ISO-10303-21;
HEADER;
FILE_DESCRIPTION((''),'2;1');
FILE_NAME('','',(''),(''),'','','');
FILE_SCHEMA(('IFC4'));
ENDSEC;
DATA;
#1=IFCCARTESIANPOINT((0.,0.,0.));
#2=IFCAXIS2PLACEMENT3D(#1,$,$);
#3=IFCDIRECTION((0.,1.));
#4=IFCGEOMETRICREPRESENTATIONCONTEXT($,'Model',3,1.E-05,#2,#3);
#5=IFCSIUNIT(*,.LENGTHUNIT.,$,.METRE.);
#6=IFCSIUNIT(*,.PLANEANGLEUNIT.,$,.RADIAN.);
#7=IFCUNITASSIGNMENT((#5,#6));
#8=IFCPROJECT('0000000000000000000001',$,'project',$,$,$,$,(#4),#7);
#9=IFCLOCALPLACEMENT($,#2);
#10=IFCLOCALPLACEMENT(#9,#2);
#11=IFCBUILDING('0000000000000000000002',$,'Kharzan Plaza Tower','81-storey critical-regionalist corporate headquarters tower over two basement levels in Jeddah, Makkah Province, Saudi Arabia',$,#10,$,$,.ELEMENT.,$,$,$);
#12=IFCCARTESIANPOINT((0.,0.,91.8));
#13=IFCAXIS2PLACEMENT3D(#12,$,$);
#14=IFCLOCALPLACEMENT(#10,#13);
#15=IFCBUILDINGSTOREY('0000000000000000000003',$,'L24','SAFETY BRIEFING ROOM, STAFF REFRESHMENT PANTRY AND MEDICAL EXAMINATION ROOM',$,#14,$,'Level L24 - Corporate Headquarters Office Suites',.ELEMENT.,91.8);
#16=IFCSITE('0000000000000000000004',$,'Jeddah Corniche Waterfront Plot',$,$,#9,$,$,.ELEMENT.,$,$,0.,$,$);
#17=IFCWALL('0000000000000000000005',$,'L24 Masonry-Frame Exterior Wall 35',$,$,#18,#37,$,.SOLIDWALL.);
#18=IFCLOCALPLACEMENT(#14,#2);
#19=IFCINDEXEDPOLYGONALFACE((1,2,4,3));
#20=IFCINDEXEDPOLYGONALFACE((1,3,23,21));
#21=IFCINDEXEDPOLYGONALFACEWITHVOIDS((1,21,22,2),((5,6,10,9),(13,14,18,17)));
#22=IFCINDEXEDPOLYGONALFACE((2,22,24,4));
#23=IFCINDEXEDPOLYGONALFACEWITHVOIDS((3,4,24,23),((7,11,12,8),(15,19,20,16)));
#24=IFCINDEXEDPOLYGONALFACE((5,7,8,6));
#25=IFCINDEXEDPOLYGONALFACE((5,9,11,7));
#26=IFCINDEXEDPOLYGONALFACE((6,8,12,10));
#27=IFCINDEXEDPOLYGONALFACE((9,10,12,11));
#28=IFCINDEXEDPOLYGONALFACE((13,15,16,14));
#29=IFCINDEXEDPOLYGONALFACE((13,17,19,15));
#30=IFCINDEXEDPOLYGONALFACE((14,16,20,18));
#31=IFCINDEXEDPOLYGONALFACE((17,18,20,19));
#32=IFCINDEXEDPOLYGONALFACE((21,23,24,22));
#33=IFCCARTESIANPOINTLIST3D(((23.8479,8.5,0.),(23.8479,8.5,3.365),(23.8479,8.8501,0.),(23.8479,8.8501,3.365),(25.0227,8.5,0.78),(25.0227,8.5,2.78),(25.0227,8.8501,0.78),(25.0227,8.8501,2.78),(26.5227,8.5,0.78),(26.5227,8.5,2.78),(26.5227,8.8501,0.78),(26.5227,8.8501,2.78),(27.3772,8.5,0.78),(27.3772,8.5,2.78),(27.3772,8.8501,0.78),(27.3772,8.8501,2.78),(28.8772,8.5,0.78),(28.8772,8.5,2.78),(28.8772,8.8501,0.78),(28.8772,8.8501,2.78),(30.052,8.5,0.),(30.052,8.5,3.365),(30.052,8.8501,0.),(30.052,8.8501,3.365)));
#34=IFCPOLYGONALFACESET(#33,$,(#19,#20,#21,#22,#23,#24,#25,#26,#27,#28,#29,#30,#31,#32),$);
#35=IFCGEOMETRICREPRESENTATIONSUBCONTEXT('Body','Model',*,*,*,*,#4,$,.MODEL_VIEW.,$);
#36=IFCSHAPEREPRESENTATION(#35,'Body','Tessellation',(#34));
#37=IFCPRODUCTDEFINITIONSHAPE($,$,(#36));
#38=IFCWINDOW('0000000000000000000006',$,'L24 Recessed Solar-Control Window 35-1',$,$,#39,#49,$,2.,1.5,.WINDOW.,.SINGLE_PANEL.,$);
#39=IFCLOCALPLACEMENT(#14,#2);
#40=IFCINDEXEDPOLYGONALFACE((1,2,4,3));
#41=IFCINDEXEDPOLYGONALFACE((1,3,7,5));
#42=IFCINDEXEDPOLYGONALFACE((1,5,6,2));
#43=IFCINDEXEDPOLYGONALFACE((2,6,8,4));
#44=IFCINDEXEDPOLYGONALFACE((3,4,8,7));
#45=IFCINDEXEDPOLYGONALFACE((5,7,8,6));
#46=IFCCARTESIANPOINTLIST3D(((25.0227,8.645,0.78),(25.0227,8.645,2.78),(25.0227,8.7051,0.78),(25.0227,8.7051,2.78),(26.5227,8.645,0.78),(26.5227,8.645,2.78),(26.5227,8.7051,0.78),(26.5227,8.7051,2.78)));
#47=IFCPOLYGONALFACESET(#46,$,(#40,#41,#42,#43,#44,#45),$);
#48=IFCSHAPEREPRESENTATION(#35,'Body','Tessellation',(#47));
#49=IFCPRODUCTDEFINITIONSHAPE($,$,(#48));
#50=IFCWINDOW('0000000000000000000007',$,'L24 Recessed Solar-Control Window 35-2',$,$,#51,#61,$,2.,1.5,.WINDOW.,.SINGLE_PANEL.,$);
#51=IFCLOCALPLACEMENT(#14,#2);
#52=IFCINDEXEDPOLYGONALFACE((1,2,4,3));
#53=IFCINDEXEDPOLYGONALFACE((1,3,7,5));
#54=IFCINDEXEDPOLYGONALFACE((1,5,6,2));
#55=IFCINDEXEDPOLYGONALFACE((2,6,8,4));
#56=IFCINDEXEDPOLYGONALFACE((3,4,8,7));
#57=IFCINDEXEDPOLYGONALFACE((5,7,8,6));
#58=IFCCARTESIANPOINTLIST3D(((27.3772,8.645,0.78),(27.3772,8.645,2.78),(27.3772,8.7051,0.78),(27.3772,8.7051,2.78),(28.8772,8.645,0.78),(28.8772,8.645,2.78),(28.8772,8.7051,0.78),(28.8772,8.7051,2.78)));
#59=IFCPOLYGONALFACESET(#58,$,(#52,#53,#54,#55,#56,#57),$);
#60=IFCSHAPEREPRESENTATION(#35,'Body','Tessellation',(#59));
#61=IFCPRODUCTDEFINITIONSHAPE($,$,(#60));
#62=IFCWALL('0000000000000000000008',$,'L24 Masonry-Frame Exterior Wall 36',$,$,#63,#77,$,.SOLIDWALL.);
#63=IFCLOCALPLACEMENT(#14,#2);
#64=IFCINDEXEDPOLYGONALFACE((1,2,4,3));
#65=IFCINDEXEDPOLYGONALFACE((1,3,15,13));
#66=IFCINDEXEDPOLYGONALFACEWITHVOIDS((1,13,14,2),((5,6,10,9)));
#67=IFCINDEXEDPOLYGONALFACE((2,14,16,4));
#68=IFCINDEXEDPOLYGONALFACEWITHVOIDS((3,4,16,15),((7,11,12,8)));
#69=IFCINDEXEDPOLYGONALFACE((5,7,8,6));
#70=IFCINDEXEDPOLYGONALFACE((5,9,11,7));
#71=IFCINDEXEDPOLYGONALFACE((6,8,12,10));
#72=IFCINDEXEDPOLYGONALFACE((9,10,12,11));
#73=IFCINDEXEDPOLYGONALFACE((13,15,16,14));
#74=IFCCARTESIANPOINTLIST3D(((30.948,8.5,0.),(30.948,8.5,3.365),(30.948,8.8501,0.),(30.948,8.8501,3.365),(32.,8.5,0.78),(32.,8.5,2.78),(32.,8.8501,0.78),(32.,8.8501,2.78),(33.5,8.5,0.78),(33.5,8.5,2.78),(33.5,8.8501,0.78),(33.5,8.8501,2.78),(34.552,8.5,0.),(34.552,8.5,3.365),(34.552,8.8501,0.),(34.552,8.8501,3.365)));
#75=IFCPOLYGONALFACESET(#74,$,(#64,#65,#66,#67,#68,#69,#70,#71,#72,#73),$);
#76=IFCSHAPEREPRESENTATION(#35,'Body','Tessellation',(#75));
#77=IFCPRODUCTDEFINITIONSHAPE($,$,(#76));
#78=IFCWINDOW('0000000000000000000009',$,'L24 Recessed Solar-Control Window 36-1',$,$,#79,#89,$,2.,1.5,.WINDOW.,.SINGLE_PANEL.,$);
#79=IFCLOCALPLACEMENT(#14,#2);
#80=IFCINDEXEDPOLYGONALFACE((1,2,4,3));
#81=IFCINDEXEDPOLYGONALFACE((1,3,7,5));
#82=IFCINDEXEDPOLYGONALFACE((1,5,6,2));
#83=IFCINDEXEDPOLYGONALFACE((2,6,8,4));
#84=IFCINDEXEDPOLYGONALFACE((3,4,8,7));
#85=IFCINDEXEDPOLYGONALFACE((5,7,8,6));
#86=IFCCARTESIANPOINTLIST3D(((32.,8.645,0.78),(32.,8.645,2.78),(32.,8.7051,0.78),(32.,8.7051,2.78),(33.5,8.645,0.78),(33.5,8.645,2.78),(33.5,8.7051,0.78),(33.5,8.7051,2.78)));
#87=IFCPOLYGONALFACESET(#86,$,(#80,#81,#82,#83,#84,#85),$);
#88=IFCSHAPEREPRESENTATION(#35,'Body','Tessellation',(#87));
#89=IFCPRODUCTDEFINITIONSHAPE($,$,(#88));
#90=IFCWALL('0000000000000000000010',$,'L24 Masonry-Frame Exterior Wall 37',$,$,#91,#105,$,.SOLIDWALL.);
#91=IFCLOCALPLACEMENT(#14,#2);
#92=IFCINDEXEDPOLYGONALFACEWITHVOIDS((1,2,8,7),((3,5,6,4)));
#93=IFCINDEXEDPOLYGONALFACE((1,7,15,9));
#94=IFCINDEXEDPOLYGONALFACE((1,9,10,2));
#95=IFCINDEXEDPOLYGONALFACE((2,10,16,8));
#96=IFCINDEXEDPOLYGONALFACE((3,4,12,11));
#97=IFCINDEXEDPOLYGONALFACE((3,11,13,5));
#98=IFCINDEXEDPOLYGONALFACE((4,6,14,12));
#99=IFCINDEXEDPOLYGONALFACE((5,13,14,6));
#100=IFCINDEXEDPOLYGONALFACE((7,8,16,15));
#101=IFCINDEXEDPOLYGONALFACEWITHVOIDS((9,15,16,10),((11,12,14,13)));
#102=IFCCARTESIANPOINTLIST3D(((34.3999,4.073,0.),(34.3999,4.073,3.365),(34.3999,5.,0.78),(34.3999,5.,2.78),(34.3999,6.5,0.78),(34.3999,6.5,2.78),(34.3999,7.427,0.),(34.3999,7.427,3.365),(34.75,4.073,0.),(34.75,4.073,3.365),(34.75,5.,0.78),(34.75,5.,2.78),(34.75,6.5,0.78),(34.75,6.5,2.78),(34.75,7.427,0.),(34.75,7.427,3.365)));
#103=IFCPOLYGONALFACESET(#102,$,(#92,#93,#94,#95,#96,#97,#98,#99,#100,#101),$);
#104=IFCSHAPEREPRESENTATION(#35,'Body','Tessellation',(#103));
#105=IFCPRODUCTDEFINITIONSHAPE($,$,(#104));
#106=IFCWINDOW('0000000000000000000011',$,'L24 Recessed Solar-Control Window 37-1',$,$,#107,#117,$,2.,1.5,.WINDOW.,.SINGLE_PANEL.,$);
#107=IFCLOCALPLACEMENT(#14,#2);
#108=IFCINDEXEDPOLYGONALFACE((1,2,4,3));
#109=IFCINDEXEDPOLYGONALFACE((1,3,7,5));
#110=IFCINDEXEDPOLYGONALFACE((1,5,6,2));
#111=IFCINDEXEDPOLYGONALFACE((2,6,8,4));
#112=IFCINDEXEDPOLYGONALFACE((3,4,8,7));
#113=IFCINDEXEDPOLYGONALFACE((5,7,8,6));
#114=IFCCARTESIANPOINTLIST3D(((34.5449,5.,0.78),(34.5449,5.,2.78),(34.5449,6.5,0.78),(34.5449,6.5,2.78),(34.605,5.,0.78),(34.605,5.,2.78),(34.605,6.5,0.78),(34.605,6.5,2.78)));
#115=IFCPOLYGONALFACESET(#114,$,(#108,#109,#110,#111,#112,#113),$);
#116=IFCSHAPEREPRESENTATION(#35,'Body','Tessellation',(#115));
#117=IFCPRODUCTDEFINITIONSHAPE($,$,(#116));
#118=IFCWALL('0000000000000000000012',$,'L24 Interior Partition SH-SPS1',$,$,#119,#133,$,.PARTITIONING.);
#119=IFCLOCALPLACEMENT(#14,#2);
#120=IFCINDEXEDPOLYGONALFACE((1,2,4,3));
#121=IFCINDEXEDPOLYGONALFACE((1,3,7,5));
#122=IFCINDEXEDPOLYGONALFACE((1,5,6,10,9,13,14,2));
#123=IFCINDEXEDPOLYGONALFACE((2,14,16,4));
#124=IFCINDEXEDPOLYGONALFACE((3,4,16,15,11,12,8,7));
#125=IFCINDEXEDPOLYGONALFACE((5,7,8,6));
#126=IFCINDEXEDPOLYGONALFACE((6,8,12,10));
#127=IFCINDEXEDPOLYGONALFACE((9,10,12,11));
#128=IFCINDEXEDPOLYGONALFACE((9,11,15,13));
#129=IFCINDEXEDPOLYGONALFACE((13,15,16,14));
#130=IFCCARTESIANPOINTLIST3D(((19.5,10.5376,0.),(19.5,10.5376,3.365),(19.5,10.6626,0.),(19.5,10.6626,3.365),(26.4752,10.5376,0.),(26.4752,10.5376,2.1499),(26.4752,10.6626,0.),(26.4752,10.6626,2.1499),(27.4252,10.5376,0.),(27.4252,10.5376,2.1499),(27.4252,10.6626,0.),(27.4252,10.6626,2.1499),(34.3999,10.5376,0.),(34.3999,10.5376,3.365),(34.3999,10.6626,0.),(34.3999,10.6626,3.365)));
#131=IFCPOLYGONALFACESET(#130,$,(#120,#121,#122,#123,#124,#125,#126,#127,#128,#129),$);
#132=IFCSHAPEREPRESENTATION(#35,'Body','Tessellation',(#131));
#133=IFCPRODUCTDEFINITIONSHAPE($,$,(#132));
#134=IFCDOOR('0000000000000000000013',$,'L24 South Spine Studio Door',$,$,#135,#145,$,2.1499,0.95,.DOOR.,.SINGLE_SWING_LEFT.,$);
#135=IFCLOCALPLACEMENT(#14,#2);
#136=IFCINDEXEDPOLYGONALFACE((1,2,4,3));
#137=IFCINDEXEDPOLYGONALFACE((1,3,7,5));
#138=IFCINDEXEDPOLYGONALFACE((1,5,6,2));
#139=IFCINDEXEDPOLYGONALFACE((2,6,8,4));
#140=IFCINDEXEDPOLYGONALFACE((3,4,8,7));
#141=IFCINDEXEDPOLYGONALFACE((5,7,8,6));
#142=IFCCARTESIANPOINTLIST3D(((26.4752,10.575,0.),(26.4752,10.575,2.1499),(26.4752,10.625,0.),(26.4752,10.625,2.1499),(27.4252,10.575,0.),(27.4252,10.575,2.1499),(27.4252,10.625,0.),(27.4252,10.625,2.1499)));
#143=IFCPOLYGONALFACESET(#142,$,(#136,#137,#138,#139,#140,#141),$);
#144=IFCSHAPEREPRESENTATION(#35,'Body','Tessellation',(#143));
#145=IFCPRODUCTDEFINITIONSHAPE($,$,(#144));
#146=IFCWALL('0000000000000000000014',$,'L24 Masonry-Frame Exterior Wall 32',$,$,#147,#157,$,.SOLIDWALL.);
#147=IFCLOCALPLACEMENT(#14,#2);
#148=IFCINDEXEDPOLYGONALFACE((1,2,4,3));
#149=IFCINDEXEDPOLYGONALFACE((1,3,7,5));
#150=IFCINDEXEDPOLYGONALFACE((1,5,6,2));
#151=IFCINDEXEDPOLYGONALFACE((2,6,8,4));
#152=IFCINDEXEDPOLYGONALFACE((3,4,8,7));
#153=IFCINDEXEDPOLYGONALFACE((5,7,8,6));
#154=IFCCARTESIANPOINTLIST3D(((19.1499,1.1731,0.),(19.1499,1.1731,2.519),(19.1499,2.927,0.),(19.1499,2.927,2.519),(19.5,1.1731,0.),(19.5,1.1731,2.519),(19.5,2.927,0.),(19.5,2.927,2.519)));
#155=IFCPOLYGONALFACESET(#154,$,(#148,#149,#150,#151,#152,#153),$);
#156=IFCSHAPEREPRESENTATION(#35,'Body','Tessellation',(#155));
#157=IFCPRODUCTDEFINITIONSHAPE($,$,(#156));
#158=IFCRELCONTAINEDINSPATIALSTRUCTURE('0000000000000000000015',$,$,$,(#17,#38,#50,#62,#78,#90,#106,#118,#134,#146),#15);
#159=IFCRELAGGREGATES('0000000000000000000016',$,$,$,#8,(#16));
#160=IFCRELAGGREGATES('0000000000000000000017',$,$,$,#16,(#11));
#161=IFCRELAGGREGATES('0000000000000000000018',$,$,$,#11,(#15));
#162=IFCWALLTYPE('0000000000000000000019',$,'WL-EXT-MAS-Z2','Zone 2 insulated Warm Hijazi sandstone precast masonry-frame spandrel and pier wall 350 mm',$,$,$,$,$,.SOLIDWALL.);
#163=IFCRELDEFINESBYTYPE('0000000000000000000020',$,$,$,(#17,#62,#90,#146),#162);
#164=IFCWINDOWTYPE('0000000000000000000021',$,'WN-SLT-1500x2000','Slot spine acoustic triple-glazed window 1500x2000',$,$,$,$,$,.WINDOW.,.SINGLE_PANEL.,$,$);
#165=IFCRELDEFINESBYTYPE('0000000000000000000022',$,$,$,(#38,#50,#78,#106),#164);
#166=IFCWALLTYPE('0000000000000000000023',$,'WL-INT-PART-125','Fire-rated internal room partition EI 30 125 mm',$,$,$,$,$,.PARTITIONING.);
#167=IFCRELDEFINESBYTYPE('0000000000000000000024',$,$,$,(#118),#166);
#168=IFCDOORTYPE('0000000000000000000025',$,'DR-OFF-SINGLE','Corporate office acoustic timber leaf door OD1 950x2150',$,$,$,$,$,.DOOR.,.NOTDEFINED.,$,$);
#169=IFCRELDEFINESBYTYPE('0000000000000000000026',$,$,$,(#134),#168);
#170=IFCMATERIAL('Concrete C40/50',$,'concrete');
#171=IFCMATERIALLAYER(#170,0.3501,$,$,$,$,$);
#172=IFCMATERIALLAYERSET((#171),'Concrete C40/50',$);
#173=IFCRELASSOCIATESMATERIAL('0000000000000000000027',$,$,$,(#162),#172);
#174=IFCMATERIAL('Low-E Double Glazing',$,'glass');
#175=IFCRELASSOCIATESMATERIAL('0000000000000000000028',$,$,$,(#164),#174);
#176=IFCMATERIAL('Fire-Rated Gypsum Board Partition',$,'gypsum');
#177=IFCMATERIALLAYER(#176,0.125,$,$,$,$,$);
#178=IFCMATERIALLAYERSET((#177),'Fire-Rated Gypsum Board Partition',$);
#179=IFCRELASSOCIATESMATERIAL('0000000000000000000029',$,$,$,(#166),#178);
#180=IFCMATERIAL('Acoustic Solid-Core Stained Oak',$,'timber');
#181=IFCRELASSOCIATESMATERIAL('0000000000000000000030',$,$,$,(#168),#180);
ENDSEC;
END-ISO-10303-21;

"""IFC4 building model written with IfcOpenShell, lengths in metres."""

from ifc_helpers import new_model, si_unit, direction, frame, frame_2d, origin, place, context, subcontext, project, spatial, rectangle, extrude, source, transform, mapped, material, layer, layer_set, type_object, element, fill, save


model = new_model("IFC4")

# Units and contexts
model_context = context("Model", 3, precision=1e-05, world=origin(), true_north=direction((0.0, 1.0)))
body_context = subcontext(model_context, "Body", "Model", "MODEL_VIEW")
ifc_project = project(units=[si_unit("LENGTHUNIT", "METRE"), si_unit("PLANEANGLEUNIT", "RADIAN")], contexts=[model_context])

# Site, building, storey
site_placement = place(None, origin())
site = spatial("IfcSite", under=ifc_project, at=site_placement, Name="Jeddah Corniche Waterfront Plot", CompositionType="ELEMENT", RefElevation=0.0)
building_placement = place(site_placement, origin())
building = spatial("IfcBuilding", under=site, at=building_placement, Name="Kharzan Plaza Tower", Description="81-storey critical-regionalist corporate headquarters tower over two basement levels in Jeddah, Makkah Province, Saudi Arabia", CompositionType="ELEMENT")
storey_placement = place(building_placement, frame((0.0, 0.0, 91.8)))
storey = spatial("IfcBuildingStorey", under=building, at=storey_placement, Name="L24", Description="SAFETY BRIEFING ROOM, STAFF REFRESHMENT PANTRY AND MEDICAL EXAMINATION ROOM", LongName="Level L24 - Corporate Headquarters Office Suites", CompositionType="ELEMENT", Elevation=91.8)

# Shared definitions
ifc_material_1 = material(Name="Concrete C40/50", Category="concrete")
ifc_layer_1 = layer(ifc_material_1, 0.3501)
ifc_layer_set_1 = layer_set([ifc_layer_1], Name="Concrete C40/50")
wall_type_1 = type_object("IfcWallType", Name="WL-EXT-MAS-Z2", Description="Zone 2 insulated Warm Hijazi sandstone precast masonry-frame spandrel and pier wall 350 mm", PredefinedType="SOLIDWALL", material=ifc_layer_set_1)
ifc_material_2 = material(Name="Low-E Double Glazing", Category="glass")
window_type = type_object("IfcWindowType", Name="WN-SLT-1500x2000", Description="Slot spine acoustic triple-glazed window 1500x2000", PartitioningType="SINGLE_PANEL", PredefinedType="WINDOW", material=ifc_material_2)
shared_shape_1 = source(origin(), body_context, "Body", "SweptSolid", [
    extrude(rectangle(XDim=1.5, YDim=2.0, at=frame_2d((0.75, 1.0))), frame((0.0, 0.03, 0.0), z_axis=(0.0, -1.0, 0.0), x_axis=(1.0, 0.0, 0.0)), (0.0, 0.0, 1.0), 0.0601),
])

# Wall, openings, windows
wall_1_placement = place(storey_placement, frame((23.8479, 8.675, 0.0), z_axis=(0.0, 0.0, 1.0), x_axis=(1.0, 0.0, 0.0)))
wall_1 = element("IfcWall", 1, at=wall_1_placement, inside=storey, type_object=wall_type_1, Name="L24 Masonry-Frame Exterior Wall 35", PredefinedType="SOLIDWALL", context=body_context, shape_type="SweptSolid", body=[
    extrude(rectangle(XDim=6.2041, YDim=0.3501, at=frame_2d((3.1021, 0.0))), origin(), (0.0, 0.0, 1.0), 3.365),
])
opening_1_placement = place(wall_1_placement, frame((1.1748, 0.0, 0.78)))
opening_1 = element("IfcOpeningElement", 2, at=opening_1_placement, cuts=wall_1, PredefinedType="OPENING", context=body_context, shape_type="SweptSolid", body=[
    extrude(rectangle(XDim=1.5, YDim=2.0, at=frame_2d((0.75, 1.0))), frame((0.0, 0.1851, 0.0), z_axis=(0.0, -1.0, 0.0), x_axis=(1.0, 0.0, 0.0)), (0.0, 0.0, 1.0), 0.3701),
])
opening_2_placement = place(wall_1_placement, frame((3.5293, 0.0, 0.78)))
opening_2 = element("IfcOpeningElement", 3, at=opening_2_placement, cuts=wall_1, PredefinedType="OPENING", context=body_context, shape_type="SweptSolid", body=[
    extrude(rectangle(XDim=1.5, YDim=2.0, at=frame_2d((0.75, 1.0))), frame((0.0, 0.1851, 0.0), z_axis=(0.0, -1.0, 0.0), x_axis=(1.0, 0.0, 0.0)), (0.0, 0.0, 1.0), 0.3701),
])
window_1_placement = place(opening_1_placement, origin())
window_1 = element("IfcWindow", 4, at=window_1_placement, inside=storey, type_object=window_type, Name="L24 Recessed Solar-Control Window 35-1", OverallHeight=2.0, OverallWidth=1.5, PartitioningType="SINGLE_PANEL", PredefinedType="WINDOW", context=body_context, shape_type="MappedRepresentation", body=[
    mapped(shared_shape_1, transform((0.0, 0.0, 0.0), x_axis=(1.0, 0.0, 0.0), y_axis=(0.0, 1.0, 0.0), z_axis=(0.0, 0.0, 1.0))),
])
fill(opening_1, window_1)
window_2_placement = place(opening_2_placement, origin())
window_2 = element("IfcWindow", 5, at=window_2_placement, inside=storey, type_object=window_type, Name="L24 Recessed Solar-Control Window 35-2", OverallHeight=2.0, OverallWidth=1.5, PartitioningType="SINGLE_PANEL", PredefinedType="WINDOW", context=body_context, shape_type="MappedRepresentation", body=[
    mapped(shared_shape_1, transform((0.0, 0.0, 0.0), x_axis=(1.0, 0.0, 0.0), y_axis=(0.0, 1.0, 0.0), z_axis=(0.0, 0.0, 1.0))),
])
fill(opening_2, window_2)

# Walls, openings, windows
wall_2_placement = place(storey_placement, frame((30.948, 8.675, 0.0), z_axis=(0.0, 0.0, 1.0), x_axis=(1.0, 0.0, 0.0)))
wall_2 = element("IfcWall", 6, at=wall_2_placement, inside=storey, type_object=wall_type_1, Name="L24 Masonry-Frame Exterior Wall 36", PredefinedType="SOLIDWALL", context=body_context, shape_type="SweptSolid", body=[
    extrude(rectangle(XDim=3.604, YDim=0.3501, at=frame_2d((1.802, 0.0))), origin(), (0.0, 0.0, 1.0), 3.365),
])
opening_3_placement = place(wall_2_placement, frame((1.052, 0.0, 0.78)))
opening_3 = element("IfcOpeningElement", 7, at=opening_3_placement, cuts=wall_2, PredefinedType="OPENING", context=body_context, shape_type="SweptSolid", body=[
    extrude(rectangle(XDim=1.5, YDim=2.0, at=frame_2d((0.75, 1.0))), frame((0.0, 0.1851, 0.0), z_axis=(0.0, -1.0, 0.0), x_axis=(1.0, 0.0, 0.0)), (0.0, 0.0, 1.0), 0.3701),
])
window_3_placement = place(opening_3_placement, origin())
window_3 = element("IfcWindow", 8, at=window_3_placement, inside=storey, type_object=window_type, Name="L24 Recessed Solar-Control Window 36-1", OverallHeight=2.0, OverallWidth=1.5, PartitioningType="SINGLE_PANEL", PredefinedType="WINDOW", context=body_context, shape_type="MappedRepresentation", body=[
    mapped(shared_shape_1, transform((0.0, 0.0, 0.0), x_axis=(1.0, 0.0, 0.0), y_axis=(0.0, 1.0, 0.0), z_axis=(0.0, 0.0, 1.0))),
])
fill(opening_3, window_3)
wall_3_placement = place(storey_placement, frame((34.575, 7.427, 0.0), z_axis=(0.0, 0.0, 1.0), x_axis=(0.0, -1.0, 0.0)))
wall_3 = element("IfcWall", 9, at=wall_3_placement, inside=storey, type_object=wall_type_1, Name="L24 Masonry-Frame Exterior Wall 37", PredefinedType="SOLIDWALL", context=body_context, shape_type="SweptSolid", body=[
    extrude(rectangle(XDim=3.354, YDim=0.3501, at=frame_2d((1.677, 0.0))), origin(), (0.0, 0.0, 1.0), 3.365),
])
opening_4_placement = place(wall_3_placement, frame((0.927, 0.0, 0.78)))
opening_4 = element("IfcOpeningElement", 10, at=opening_4_placement, cuts=wall_3, PredefinedType="OPENING", context=body_context, shape_type="SweptSolid", body=[
    extrude(rectangle(XDim=1.5, YDim=2.0, at=frame_2d((0.75, 1.0))), frame((0.0, 0.1851, 0.0), z_axis=(0.0, -1.0, 0.0), x_axis=(1.0, 0.0, 0.0)), (0.0, 0.0, 1.0), 0.3701),
])
window_4_placement = place(opening_4_placement, origin())
window_4 = element("IfcWindow", 11, at=window_4_placement, inside=storey, type_object=window_type, Name="L24 Recessed Solar-Control Window 37-1", OverallHeight=2.0, OverallWidth=1.5, PartitioningType="SINGLE_PANEL", PredefinedType="WINDOW", context=body_context, shape_type="MappedRepresentation", body=[
    mapped(shared_shape_1, transform((0.0, 0.0, 0.0), x_axis=(1.0, 0.0, 0.0), y_axis=(0.0, 1.0, 0.0), z_axis=(0.0, 0.0, 1.0))),
])
fill(opening_4, window_4)

# Wall, opening, door
ifc_material_3 = material(Name="Fire-Rated Gypsum Board Partition", Category="gypsum")
ifc_layer_2 = layer(ifc_material_3, 0.125)
ifc_layer_set_2 = layer_set([ifc_layer_2], Name="Fire-Rated Gypsum Board Partition")
wall_type_2 = type_object("IfcWallType", Name="WL-INT-PART-125", Description="Fire-rated internal room partition EI 30 125 mm", PredefinedType="PARTITIONING", material=ifc_layer_set_2)
wall_4_placement = place(storey_placement, frame((19.5, 10.6001, 0.0), z_axis=(0.0, 0.0, 1.0), x_axis=(1.0, 0.0, 0.0)))
wall_4 = element("IfcWall", 12, at=wall_4_placement, inside=storey, type_object=wall_type_2, Name="L24 Interior Partition SH-SPS1", PredefinedType="PARTITIONING", context=body_context, shape_type="SweptSolid", body=[
    extrude(rectangle(XDim=14.8999, YDim=0.125, at=frame_2d((7.45, 0.0))), origin(), (0.0, 0.0, 1.0), 3.365),
])
opening_5_placement = place(wall_4_placement, frame((6.9751, 0.0, 0.0)))
opening_5 = element("IfcOpeningElement", 13, at=opening_5_placement, cuts=wall_4, PredefinedType="OPENING", context=body_context, shape_type="SweptSolid", body=[
    extrude(rectangle(XDim=0.95, YDim=2.1499, at=frame_2d((0.4751, 1.075))), frame((0.0, 0.0725, 0.0), z_axis=(0.0, -1.0, 0.0), x_axis=(1.0, 0.0, 0.0)), (0.0, 0.0, 1.0), 0.145),
])
ifc_material_4 = material(Name="Acoustic Solid-Core Stained Oak", Category="timber")
door_type_1 = type_object("IfcDoorType", Name="DR-OFF-SINGLE", Description="Corporate office acoustic timber leaf door OD1 950x2150", OperationType="NOTDEFINED", PredefinedType="DOOR", material=ifc_material_4)
shared_shape_2 = source(origin(), body_context, "Body", "SweptSolid", [
    extrude(rectangle(XDim=0.95, YDim=2.1499, at=frame_2d((0.4751, 1.075))), frame((0.0, 0.0249, 0.0), z_axis=(0.0, -1.0, 0.0), x_axis=(1.0, 0.0, 0.0)), (0.0, 0.0, 1.0), 0.05),
])
door_1_placement = place(opening_5_placement, origin())
door_1 = element("IfcDoor", 14, at=door_1_placement, inside=storey, type_object=door_type_1, Name="L24 South Spine Studio Door", OperationType="SINGLE_SWING_LEFT", OverallHeight=2.1499, OverallWidth=0.95, PredefinedType="DOOR", context=body_context, shape_type="MappedRepresentation", body=[
    mapped(shared_shape_2, transform((0.0, 0.0, 0.0), x_axis=(1.0, 0.0, 0.0), y_axis=(0.0, 1.0, 0.0), z_axis=(0.0, 0.0, 1.0))),
])
fill(opening_5, door_1)

# Wall
shared_shape_3 = source(origin(), body_context, "Body", "SweptSolid", [
    extrude(rectangle(XDim=1.7539, YDim=0.3501, at=frame_2d((0.877, 0.0))), origin(), (0.0, 0.0, 1.0), 2.519),
])
wall_5_placement = place(storey_placement, frame((19.325, 1.1731, 0.0), z_axis=(0.0, 0.0, 1.0), x_axis=(0.0, 1.0, 0.0)))
element("IfcWall", 15, at=wall_5_placement, inside=storey, type_object=wall_type_1, Name="L24 Masonry-Frame Exterior Wall 32", PredefinedType="SOLIDWALL", context=body_context, shape_type="MappedRepresentation", body=[
    mapped(shared_shape_3, transform((0.0, 0.0, 0.0), x_axis=(1.0, 0.0, 0.0), y_axis=(0.0, 1.0, 0.0), z_axis=(0.0, 0.0, 1.0))),
])

save(model, "model.ifc")
